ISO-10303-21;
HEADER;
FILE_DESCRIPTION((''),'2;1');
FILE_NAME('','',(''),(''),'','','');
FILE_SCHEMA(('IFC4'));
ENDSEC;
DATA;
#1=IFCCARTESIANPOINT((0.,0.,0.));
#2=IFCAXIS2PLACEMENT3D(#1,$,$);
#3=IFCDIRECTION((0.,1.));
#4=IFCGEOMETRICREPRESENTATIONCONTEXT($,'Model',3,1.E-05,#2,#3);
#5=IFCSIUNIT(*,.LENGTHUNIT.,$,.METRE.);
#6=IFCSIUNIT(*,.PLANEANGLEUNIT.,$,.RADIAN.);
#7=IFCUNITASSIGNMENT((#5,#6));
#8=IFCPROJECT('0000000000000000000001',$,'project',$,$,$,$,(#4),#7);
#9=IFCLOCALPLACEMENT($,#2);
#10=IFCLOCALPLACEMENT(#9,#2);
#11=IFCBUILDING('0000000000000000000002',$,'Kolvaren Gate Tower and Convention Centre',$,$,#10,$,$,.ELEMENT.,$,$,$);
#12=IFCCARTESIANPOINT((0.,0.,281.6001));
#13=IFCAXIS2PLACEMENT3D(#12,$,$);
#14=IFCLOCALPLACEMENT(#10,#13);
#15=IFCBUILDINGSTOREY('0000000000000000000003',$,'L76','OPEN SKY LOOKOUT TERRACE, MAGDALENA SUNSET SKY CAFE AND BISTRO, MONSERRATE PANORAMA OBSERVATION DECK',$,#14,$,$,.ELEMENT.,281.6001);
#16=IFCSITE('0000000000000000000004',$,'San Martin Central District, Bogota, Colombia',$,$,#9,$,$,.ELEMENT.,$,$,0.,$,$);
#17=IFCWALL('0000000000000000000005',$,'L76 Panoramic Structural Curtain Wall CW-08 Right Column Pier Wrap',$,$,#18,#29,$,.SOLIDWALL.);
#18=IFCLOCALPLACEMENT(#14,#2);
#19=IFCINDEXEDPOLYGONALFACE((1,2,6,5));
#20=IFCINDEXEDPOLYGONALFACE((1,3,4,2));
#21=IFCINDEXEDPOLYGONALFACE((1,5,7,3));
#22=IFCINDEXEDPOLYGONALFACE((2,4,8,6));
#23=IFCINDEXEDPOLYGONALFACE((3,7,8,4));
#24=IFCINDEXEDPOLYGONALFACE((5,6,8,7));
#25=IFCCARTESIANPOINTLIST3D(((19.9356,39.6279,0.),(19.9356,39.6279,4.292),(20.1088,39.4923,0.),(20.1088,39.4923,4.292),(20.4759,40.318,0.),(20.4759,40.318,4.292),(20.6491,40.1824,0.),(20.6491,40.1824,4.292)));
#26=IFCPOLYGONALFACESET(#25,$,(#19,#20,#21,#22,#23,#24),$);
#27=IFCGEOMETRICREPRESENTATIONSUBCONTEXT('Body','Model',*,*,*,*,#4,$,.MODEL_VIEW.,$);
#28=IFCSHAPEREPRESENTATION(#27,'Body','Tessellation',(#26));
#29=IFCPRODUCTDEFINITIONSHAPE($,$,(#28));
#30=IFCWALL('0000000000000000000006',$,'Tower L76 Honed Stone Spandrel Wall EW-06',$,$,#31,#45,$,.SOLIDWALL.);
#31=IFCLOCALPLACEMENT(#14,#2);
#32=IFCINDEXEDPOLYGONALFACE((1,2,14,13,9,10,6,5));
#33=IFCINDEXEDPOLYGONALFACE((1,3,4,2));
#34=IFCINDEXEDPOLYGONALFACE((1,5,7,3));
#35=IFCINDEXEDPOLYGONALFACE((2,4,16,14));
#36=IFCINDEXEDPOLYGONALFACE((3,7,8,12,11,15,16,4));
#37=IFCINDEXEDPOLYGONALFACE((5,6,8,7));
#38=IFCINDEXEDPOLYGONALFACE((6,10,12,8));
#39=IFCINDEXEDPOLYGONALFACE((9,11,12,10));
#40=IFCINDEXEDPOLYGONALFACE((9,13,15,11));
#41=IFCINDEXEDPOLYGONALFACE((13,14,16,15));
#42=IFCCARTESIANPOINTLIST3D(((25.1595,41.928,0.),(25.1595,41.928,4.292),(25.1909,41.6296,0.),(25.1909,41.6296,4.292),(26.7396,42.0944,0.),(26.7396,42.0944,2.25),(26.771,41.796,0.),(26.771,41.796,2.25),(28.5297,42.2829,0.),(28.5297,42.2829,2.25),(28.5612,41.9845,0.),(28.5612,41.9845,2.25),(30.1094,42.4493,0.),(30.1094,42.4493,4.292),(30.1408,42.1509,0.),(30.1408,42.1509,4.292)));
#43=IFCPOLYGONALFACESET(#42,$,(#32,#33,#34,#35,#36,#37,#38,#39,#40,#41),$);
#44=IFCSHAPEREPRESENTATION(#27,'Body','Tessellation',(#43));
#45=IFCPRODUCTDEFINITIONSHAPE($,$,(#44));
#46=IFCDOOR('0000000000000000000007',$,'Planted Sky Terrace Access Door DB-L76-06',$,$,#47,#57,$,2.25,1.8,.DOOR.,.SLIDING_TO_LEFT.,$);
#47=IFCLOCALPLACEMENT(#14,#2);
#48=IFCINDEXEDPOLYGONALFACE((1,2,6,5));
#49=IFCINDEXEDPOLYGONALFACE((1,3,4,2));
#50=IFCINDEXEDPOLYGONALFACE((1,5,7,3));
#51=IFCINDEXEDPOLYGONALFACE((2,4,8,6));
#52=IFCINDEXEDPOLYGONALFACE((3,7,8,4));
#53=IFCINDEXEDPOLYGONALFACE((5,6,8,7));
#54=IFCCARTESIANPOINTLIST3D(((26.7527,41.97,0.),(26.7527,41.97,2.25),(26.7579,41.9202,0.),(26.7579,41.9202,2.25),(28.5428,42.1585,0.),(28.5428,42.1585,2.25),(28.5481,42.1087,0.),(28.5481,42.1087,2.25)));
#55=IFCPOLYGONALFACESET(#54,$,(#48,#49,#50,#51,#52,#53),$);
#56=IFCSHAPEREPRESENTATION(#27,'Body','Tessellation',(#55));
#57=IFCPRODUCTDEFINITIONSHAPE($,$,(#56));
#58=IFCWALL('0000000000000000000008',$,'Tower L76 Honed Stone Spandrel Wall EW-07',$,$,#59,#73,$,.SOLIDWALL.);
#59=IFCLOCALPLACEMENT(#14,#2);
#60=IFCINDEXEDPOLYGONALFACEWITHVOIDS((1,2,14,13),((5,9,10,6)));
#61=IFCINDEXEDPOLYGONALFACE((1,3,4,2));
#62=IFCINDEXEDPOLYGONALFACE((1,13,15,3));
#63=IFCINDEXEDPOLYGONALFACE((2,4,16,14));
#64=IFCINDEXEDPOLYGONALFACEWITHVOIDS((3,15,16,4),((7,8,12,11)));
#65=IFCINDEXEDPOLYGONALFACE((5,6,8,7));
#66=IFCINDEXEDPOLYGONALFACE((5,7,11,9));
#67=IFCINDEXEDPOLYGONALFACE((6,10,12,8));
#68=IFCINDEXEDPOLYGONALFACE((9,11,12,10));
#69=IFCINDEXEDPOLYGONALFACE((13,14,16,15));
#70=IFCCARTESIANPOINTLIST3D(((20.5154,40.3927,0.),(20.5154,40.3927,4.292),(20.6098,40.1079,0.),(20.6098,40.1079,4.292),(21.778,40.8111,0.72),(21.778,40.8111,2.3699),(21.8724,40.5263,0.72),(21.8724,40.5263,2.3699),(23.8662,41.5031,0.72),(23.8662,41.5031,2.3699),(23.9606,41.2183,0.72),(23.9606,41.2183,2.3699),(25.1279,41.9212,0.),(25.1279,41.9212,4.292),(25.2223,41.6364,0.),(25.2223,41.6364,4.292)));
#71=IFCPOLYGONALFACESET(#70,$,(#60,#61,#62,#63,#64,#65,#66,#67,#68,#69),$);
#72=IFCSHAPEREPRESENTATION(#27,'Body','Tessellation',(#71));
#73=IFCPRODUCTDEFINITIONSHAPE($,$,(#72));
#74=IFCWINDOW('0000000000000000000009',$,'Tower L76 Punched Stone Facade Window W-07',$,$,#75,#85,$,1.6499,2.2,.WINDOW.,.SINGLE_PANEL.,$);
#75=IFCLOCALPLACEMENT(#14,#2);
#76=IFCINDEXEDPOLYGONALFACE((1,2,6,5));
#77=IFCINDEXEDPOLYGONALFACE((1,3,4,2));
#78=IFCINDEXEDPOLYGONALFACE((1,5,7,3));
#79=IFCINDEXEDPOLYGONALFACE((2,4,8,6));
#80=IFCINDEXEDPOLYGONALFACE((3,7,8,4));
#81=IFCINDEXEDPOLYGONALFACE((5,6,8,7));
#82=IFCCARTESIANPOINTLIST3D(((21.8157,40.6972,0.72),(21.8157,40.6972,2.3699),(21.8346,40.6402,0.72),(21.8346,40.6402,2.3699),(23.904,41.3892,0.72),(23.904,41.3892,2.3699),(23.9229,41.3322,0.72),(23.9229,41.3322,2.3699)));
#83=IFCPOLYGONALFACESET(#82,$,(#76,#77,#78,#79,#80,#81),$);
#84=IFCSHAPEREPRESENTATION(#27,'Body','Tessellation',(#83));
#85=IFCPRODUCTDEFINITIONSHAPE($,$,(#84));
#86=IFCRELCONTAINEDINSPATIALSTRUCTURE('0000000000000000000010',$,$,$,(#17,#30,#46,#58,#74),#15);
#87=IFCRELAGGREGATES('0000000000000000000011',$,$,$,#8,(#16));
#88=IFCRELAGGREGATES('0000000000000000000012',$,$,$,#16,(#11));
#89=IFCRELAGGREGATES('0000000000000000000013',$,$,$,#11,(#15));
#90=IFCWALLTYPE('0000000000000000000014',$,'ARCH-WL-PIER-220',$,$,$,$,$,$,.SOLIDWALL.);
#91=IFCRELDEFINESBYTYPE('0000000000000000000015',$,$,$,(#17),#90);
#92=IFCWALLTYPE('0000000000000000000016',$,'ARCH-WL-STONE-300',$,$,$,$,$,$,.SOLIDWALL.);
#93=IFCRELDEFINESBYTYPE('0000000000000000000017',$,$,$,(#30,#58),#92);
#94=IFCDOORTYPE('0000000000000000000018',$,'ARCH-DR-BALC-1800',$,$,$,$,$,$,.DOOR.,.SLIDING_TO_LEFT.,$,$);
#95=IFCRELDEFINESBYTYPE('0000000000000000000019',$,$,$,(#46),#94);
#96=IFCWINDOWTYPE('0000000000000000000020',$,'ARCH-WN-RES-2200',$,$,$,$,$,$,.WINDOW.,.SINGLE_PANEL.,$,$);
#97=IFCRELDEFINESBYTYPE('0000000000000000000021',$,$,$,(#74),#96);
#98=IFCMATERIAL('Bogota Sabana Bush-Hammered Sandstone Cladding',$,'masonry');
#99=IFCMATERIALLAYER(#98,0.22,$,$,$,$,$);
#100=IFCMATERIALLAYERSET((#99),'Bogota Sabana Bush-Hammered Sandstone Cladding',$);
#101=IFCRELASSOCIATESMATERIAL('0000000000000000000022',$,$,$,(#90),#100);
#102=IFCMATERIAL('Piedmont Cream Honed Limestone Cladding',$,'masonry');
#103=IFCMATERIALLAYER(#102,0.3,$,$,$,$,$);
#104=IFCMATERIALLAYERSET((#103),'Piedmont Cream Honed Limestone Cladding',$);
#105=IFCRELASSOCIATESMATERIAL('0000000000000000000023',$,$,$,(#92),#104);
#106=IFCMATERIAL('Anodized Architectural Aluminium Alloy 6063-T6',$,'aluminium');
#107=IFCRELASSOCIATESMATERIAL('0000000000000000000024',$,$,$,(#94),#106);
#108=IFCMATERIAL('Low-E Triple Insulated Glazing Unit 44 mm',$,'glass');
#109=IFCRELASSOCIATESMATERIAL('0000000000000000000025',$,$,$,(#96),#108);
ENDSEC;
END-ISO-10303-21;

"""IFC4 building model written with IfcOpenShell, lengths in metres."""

from ifc_helpers import new_model, si_unit, direction, frame, frame_2d, origin, place, context, subcontext, project, spatial, rectangle, extrude, material, layer, layer_set, type_object, element, fill, save


model = new_model("IFC4")

# Units and contexts
model_context = context("Model", 3, precision=1e-05, world=origin(), true_north=direction((0.0, 1.0)))
body_context = subcontext(model_context, "Body", "Model", "MODEL_VIEW")
ifc_project = project(units=[si_unit("LENGTHUNIT", "METRE"), si_unit("PLANEANGLEUNIT", "RADIAN")], contexts=[model_context])

# Site, building, storey
site_placement = place(None, origin())
site = spatial("IfcSite", under=ifc_project, at=site_placement, Name="San Martin Central District, Bogota, Colombia", CompositionType="ELEMENT", RefElevation=0.0)
building_placement = place(site_placement, origin())
building = spatial("IfcBuilding", under=site, at=building_placement, Name="Kolvaren Gate Tower and Convention Centre", CompositionType="ELEMENT")
storey_placement = place(building_placement, frame((0.0, 0.0, 281.6001)))
storey = spatial("IfcBuildingStorey", under=building, at=storey_placement, Name="L76", Description="OPEN SKY LOOKOUT TERRACE, MAGDALENA SUNSET SKY CAFE AND BISTRO, MONSERRATE PANORAMA OBSERVATION DECK", CompositionType="ELEMENT", Elevation=281.6001)

# Shared definitions
ifc_material_1 = material(Name="Anodized Architectural Aluminium Alloy 6063-T6", Category="aluminium")

# Shared definitions
ifc_material_2 = material(Name="Low-E Triple Insulated Glazing Unit 44 mm", Category="glass")

# Wall
ifc_material_3 = material(Name="Piedmont Cream Honed Limestone Cladding", Category="masonry")
ifc_material_4 = material(Name="Bogota Sabana Bush-Hammered Sandstone Cladding", Category="masonry")
ifc_layer_1 = layer(ifc_material_4, 0.22)
ifc_layer_set_1 = layer_set([ifc_layer_1], Name="Bogota Sabana Bush-Hammered Sandstone Cladding")
wall_type_1 = type_object("IfcWallType", Name="ARCH-WL-PIER-220", PredefinedType="SOLIDWALL", material=ifc_layer_set_1)
wall_1_placement = place(storey_placement, frame((20.0222, 39.5601, 0.0), z_axis=(0.0, 0.0, 1.0), x_axis=(0.616406, 0.787429, 0.0)))
element("IfcWall", 1, at=wall_1_placement, inside=storey, type_object=wall_type_1, Name="L76 Panoramic Structural Curtain Wall CW-08 Right Column Pier Wrap", PredefinedType="SOLIDWALL", context=body_context, shape_type="SweptSolid", body=[
    extrude(rectangle(XDim=0.8765, YDim=0.22, at=frame_2d((0.4382, 0.0))), origin(), (0.0, 0.0, 1.0), 4.292),
])

# Wall, opening, door
ifc_layer_2 = layer(ifc_material_3, 0.3)
ifc_layer_set_2 = layer_set([ifc_layer_2], Name="Piedmont Cream Honed Limestone Cladding")
wall_type_2 = type_object("IfcWallType", Name="ARCH-WL-STONE-300", PredefinedType="SOLIDWALL", material=ifc_layer_set_2)
wall_2_placement = place(storey_placement, frame((25.175, 41.7788, 0.0), z_axis=(0.0, 0.0, 1.0), x_axis=(0.994501, 0.104723, 0.0)))
wall_2 = element("IfcWall", 2, at=wall_2_placement, inside=storey, type_object=wall_type_2, Name="Tower L76 Honed Stone Spandrel Wall EW-06", PredefinedType="SOLIDWALL", context=body_context, shape_type="SweptSolid", body=[
    extrude(rectangle(XDim=4.9773, YDim=0.3, at=frame_2d((2.4888, 0.0))), origin(), (0.0, 0.0, 1.0), 4.292),
])
opening_1_placement = place(wall_2_placement, frame((1.5891, 0.0, 0.0)))
opening_1 = element("IfcOpeningElement", 3, at=opening_1_placement, cuts=wall_2, PredefinedType="OPENING", context=body_context, shape_type="SweptSolid", body=[
    extrude(rectangle(XDim=1.8, YDim=2.25, at=frame_2d((0.8999, 1.125))), frame((0.0, 0.1599, 0.0), z_axis=(0.0, -1.0, 0.0), x_axis=(1.0, 0.0, 0.0)), (0.0, 0.0, 1.0), 0.3201),
])
door_type = type_object("IfcDoorType", Name="ARCH-DR-BALC-1800", OperationType="SLIDING_TO_LEFT", PredefinedType="DOOR", material=ifc_material_1)
door_placement = place(opening_1_placement, origin())
door = element("IfcDoor", 4, at=door_placement, inside=storey, type_object=door_type, Name="Planted Sky Terrace Access Door DB-L76-06", OperationType="SLIDING_TO_LEFT", OverallHeight=2.25, OverallWidth=1.8, PredefinedType="DOOR", context=body_context, shape_type="SweptSolid", body=[
    extrude(rectangle(XDim=1.8, YDim=2.25, at=frame_2d((0.8999, 1.125))), frame((0.0, 0.0249, 0.0), z_axis=(0.0, -1.0, 0.0), x_axis=(1.0, 0.0, 0.0)), (0.0, 0.0, 1.0), 0.05),
])
fill(opening_1, door)

# Wall, opening, window
wall_3_placement = place(storey_placement, frame((20.5625, 40.2502, 0.0), z_axis=(0.0, 0.0, 1.0), x_axis=(0.949235, 0.314569, 0.0)))
wall_3 = element("IfcWall", 5, at=wall_3_placement, inside=storey, type_object=wall_type_2, Name="Tower L76 Honed Stone Spandrel Wall EW-07", PredefinedType="SOLIDWALL", context=body_context, shape_type="SweptSolid", body=[
    extrude(rectangle(XDim=4.8591, YDim=0.3, at=frame_2d((2.4297, 0.0))), origin(), (0.0, 0.0, 1.0), 4.292),
])
opening_2_placement = place(wall_3_placement, frame((1.3301, 0.0, 0.72)))
opening_2 = element("IfcOpeningElement", 6, at=opening_2_placement, cuts=wall_3, PredefinedType="OPENING", context=body_context, shape_type="SweptSolid", body=[
    extrude(rectangle(XDim=2.2, YDim=1.6499, at=frame_2d((1.1001, 0.825))), frame((0.0, 0.1599, 0.0), z_axis=(0.0, -1.0, 0.0), x_axis=(1.0, 0.0, 0.0)), (0.0, 0.0, 1.0), 0.3201),
])
window_type = type_object("IfcWindowType", Name="ARCH-WN-RES-2200", PartitioningType="SINGLE_PANEL", PredefinedType="WINDOW", material=ifc_material_2)
window_placement = place(opening_2_placement, origin())
window = element("IfcWindow", 7, at=window_placement, inside=storey, type_object=window_type, Name="Tower L76 Punched Stone Facade Window W-07", OverallHeight=1.6499, OverallWidth=2.2, PartitioningType="SINGLE_PANEL", PredefinedType="WINDOW", context=body_context, shape_type="SweptSolid", body=[
    extrude(rectangle(XDim=2.2, YDim=1.6499, at=frame_2d((1.1001, 0.825))), frame((0.0, 0.03, 0.0), z_axis=(0.0, -1.0, 0.0), x_axis=(1.0, 0.0, 0.0)), (0.0, 0.0, 1.0), 0.0601),
])
fill(opening_2, window)

save(model, "model.ifc")
